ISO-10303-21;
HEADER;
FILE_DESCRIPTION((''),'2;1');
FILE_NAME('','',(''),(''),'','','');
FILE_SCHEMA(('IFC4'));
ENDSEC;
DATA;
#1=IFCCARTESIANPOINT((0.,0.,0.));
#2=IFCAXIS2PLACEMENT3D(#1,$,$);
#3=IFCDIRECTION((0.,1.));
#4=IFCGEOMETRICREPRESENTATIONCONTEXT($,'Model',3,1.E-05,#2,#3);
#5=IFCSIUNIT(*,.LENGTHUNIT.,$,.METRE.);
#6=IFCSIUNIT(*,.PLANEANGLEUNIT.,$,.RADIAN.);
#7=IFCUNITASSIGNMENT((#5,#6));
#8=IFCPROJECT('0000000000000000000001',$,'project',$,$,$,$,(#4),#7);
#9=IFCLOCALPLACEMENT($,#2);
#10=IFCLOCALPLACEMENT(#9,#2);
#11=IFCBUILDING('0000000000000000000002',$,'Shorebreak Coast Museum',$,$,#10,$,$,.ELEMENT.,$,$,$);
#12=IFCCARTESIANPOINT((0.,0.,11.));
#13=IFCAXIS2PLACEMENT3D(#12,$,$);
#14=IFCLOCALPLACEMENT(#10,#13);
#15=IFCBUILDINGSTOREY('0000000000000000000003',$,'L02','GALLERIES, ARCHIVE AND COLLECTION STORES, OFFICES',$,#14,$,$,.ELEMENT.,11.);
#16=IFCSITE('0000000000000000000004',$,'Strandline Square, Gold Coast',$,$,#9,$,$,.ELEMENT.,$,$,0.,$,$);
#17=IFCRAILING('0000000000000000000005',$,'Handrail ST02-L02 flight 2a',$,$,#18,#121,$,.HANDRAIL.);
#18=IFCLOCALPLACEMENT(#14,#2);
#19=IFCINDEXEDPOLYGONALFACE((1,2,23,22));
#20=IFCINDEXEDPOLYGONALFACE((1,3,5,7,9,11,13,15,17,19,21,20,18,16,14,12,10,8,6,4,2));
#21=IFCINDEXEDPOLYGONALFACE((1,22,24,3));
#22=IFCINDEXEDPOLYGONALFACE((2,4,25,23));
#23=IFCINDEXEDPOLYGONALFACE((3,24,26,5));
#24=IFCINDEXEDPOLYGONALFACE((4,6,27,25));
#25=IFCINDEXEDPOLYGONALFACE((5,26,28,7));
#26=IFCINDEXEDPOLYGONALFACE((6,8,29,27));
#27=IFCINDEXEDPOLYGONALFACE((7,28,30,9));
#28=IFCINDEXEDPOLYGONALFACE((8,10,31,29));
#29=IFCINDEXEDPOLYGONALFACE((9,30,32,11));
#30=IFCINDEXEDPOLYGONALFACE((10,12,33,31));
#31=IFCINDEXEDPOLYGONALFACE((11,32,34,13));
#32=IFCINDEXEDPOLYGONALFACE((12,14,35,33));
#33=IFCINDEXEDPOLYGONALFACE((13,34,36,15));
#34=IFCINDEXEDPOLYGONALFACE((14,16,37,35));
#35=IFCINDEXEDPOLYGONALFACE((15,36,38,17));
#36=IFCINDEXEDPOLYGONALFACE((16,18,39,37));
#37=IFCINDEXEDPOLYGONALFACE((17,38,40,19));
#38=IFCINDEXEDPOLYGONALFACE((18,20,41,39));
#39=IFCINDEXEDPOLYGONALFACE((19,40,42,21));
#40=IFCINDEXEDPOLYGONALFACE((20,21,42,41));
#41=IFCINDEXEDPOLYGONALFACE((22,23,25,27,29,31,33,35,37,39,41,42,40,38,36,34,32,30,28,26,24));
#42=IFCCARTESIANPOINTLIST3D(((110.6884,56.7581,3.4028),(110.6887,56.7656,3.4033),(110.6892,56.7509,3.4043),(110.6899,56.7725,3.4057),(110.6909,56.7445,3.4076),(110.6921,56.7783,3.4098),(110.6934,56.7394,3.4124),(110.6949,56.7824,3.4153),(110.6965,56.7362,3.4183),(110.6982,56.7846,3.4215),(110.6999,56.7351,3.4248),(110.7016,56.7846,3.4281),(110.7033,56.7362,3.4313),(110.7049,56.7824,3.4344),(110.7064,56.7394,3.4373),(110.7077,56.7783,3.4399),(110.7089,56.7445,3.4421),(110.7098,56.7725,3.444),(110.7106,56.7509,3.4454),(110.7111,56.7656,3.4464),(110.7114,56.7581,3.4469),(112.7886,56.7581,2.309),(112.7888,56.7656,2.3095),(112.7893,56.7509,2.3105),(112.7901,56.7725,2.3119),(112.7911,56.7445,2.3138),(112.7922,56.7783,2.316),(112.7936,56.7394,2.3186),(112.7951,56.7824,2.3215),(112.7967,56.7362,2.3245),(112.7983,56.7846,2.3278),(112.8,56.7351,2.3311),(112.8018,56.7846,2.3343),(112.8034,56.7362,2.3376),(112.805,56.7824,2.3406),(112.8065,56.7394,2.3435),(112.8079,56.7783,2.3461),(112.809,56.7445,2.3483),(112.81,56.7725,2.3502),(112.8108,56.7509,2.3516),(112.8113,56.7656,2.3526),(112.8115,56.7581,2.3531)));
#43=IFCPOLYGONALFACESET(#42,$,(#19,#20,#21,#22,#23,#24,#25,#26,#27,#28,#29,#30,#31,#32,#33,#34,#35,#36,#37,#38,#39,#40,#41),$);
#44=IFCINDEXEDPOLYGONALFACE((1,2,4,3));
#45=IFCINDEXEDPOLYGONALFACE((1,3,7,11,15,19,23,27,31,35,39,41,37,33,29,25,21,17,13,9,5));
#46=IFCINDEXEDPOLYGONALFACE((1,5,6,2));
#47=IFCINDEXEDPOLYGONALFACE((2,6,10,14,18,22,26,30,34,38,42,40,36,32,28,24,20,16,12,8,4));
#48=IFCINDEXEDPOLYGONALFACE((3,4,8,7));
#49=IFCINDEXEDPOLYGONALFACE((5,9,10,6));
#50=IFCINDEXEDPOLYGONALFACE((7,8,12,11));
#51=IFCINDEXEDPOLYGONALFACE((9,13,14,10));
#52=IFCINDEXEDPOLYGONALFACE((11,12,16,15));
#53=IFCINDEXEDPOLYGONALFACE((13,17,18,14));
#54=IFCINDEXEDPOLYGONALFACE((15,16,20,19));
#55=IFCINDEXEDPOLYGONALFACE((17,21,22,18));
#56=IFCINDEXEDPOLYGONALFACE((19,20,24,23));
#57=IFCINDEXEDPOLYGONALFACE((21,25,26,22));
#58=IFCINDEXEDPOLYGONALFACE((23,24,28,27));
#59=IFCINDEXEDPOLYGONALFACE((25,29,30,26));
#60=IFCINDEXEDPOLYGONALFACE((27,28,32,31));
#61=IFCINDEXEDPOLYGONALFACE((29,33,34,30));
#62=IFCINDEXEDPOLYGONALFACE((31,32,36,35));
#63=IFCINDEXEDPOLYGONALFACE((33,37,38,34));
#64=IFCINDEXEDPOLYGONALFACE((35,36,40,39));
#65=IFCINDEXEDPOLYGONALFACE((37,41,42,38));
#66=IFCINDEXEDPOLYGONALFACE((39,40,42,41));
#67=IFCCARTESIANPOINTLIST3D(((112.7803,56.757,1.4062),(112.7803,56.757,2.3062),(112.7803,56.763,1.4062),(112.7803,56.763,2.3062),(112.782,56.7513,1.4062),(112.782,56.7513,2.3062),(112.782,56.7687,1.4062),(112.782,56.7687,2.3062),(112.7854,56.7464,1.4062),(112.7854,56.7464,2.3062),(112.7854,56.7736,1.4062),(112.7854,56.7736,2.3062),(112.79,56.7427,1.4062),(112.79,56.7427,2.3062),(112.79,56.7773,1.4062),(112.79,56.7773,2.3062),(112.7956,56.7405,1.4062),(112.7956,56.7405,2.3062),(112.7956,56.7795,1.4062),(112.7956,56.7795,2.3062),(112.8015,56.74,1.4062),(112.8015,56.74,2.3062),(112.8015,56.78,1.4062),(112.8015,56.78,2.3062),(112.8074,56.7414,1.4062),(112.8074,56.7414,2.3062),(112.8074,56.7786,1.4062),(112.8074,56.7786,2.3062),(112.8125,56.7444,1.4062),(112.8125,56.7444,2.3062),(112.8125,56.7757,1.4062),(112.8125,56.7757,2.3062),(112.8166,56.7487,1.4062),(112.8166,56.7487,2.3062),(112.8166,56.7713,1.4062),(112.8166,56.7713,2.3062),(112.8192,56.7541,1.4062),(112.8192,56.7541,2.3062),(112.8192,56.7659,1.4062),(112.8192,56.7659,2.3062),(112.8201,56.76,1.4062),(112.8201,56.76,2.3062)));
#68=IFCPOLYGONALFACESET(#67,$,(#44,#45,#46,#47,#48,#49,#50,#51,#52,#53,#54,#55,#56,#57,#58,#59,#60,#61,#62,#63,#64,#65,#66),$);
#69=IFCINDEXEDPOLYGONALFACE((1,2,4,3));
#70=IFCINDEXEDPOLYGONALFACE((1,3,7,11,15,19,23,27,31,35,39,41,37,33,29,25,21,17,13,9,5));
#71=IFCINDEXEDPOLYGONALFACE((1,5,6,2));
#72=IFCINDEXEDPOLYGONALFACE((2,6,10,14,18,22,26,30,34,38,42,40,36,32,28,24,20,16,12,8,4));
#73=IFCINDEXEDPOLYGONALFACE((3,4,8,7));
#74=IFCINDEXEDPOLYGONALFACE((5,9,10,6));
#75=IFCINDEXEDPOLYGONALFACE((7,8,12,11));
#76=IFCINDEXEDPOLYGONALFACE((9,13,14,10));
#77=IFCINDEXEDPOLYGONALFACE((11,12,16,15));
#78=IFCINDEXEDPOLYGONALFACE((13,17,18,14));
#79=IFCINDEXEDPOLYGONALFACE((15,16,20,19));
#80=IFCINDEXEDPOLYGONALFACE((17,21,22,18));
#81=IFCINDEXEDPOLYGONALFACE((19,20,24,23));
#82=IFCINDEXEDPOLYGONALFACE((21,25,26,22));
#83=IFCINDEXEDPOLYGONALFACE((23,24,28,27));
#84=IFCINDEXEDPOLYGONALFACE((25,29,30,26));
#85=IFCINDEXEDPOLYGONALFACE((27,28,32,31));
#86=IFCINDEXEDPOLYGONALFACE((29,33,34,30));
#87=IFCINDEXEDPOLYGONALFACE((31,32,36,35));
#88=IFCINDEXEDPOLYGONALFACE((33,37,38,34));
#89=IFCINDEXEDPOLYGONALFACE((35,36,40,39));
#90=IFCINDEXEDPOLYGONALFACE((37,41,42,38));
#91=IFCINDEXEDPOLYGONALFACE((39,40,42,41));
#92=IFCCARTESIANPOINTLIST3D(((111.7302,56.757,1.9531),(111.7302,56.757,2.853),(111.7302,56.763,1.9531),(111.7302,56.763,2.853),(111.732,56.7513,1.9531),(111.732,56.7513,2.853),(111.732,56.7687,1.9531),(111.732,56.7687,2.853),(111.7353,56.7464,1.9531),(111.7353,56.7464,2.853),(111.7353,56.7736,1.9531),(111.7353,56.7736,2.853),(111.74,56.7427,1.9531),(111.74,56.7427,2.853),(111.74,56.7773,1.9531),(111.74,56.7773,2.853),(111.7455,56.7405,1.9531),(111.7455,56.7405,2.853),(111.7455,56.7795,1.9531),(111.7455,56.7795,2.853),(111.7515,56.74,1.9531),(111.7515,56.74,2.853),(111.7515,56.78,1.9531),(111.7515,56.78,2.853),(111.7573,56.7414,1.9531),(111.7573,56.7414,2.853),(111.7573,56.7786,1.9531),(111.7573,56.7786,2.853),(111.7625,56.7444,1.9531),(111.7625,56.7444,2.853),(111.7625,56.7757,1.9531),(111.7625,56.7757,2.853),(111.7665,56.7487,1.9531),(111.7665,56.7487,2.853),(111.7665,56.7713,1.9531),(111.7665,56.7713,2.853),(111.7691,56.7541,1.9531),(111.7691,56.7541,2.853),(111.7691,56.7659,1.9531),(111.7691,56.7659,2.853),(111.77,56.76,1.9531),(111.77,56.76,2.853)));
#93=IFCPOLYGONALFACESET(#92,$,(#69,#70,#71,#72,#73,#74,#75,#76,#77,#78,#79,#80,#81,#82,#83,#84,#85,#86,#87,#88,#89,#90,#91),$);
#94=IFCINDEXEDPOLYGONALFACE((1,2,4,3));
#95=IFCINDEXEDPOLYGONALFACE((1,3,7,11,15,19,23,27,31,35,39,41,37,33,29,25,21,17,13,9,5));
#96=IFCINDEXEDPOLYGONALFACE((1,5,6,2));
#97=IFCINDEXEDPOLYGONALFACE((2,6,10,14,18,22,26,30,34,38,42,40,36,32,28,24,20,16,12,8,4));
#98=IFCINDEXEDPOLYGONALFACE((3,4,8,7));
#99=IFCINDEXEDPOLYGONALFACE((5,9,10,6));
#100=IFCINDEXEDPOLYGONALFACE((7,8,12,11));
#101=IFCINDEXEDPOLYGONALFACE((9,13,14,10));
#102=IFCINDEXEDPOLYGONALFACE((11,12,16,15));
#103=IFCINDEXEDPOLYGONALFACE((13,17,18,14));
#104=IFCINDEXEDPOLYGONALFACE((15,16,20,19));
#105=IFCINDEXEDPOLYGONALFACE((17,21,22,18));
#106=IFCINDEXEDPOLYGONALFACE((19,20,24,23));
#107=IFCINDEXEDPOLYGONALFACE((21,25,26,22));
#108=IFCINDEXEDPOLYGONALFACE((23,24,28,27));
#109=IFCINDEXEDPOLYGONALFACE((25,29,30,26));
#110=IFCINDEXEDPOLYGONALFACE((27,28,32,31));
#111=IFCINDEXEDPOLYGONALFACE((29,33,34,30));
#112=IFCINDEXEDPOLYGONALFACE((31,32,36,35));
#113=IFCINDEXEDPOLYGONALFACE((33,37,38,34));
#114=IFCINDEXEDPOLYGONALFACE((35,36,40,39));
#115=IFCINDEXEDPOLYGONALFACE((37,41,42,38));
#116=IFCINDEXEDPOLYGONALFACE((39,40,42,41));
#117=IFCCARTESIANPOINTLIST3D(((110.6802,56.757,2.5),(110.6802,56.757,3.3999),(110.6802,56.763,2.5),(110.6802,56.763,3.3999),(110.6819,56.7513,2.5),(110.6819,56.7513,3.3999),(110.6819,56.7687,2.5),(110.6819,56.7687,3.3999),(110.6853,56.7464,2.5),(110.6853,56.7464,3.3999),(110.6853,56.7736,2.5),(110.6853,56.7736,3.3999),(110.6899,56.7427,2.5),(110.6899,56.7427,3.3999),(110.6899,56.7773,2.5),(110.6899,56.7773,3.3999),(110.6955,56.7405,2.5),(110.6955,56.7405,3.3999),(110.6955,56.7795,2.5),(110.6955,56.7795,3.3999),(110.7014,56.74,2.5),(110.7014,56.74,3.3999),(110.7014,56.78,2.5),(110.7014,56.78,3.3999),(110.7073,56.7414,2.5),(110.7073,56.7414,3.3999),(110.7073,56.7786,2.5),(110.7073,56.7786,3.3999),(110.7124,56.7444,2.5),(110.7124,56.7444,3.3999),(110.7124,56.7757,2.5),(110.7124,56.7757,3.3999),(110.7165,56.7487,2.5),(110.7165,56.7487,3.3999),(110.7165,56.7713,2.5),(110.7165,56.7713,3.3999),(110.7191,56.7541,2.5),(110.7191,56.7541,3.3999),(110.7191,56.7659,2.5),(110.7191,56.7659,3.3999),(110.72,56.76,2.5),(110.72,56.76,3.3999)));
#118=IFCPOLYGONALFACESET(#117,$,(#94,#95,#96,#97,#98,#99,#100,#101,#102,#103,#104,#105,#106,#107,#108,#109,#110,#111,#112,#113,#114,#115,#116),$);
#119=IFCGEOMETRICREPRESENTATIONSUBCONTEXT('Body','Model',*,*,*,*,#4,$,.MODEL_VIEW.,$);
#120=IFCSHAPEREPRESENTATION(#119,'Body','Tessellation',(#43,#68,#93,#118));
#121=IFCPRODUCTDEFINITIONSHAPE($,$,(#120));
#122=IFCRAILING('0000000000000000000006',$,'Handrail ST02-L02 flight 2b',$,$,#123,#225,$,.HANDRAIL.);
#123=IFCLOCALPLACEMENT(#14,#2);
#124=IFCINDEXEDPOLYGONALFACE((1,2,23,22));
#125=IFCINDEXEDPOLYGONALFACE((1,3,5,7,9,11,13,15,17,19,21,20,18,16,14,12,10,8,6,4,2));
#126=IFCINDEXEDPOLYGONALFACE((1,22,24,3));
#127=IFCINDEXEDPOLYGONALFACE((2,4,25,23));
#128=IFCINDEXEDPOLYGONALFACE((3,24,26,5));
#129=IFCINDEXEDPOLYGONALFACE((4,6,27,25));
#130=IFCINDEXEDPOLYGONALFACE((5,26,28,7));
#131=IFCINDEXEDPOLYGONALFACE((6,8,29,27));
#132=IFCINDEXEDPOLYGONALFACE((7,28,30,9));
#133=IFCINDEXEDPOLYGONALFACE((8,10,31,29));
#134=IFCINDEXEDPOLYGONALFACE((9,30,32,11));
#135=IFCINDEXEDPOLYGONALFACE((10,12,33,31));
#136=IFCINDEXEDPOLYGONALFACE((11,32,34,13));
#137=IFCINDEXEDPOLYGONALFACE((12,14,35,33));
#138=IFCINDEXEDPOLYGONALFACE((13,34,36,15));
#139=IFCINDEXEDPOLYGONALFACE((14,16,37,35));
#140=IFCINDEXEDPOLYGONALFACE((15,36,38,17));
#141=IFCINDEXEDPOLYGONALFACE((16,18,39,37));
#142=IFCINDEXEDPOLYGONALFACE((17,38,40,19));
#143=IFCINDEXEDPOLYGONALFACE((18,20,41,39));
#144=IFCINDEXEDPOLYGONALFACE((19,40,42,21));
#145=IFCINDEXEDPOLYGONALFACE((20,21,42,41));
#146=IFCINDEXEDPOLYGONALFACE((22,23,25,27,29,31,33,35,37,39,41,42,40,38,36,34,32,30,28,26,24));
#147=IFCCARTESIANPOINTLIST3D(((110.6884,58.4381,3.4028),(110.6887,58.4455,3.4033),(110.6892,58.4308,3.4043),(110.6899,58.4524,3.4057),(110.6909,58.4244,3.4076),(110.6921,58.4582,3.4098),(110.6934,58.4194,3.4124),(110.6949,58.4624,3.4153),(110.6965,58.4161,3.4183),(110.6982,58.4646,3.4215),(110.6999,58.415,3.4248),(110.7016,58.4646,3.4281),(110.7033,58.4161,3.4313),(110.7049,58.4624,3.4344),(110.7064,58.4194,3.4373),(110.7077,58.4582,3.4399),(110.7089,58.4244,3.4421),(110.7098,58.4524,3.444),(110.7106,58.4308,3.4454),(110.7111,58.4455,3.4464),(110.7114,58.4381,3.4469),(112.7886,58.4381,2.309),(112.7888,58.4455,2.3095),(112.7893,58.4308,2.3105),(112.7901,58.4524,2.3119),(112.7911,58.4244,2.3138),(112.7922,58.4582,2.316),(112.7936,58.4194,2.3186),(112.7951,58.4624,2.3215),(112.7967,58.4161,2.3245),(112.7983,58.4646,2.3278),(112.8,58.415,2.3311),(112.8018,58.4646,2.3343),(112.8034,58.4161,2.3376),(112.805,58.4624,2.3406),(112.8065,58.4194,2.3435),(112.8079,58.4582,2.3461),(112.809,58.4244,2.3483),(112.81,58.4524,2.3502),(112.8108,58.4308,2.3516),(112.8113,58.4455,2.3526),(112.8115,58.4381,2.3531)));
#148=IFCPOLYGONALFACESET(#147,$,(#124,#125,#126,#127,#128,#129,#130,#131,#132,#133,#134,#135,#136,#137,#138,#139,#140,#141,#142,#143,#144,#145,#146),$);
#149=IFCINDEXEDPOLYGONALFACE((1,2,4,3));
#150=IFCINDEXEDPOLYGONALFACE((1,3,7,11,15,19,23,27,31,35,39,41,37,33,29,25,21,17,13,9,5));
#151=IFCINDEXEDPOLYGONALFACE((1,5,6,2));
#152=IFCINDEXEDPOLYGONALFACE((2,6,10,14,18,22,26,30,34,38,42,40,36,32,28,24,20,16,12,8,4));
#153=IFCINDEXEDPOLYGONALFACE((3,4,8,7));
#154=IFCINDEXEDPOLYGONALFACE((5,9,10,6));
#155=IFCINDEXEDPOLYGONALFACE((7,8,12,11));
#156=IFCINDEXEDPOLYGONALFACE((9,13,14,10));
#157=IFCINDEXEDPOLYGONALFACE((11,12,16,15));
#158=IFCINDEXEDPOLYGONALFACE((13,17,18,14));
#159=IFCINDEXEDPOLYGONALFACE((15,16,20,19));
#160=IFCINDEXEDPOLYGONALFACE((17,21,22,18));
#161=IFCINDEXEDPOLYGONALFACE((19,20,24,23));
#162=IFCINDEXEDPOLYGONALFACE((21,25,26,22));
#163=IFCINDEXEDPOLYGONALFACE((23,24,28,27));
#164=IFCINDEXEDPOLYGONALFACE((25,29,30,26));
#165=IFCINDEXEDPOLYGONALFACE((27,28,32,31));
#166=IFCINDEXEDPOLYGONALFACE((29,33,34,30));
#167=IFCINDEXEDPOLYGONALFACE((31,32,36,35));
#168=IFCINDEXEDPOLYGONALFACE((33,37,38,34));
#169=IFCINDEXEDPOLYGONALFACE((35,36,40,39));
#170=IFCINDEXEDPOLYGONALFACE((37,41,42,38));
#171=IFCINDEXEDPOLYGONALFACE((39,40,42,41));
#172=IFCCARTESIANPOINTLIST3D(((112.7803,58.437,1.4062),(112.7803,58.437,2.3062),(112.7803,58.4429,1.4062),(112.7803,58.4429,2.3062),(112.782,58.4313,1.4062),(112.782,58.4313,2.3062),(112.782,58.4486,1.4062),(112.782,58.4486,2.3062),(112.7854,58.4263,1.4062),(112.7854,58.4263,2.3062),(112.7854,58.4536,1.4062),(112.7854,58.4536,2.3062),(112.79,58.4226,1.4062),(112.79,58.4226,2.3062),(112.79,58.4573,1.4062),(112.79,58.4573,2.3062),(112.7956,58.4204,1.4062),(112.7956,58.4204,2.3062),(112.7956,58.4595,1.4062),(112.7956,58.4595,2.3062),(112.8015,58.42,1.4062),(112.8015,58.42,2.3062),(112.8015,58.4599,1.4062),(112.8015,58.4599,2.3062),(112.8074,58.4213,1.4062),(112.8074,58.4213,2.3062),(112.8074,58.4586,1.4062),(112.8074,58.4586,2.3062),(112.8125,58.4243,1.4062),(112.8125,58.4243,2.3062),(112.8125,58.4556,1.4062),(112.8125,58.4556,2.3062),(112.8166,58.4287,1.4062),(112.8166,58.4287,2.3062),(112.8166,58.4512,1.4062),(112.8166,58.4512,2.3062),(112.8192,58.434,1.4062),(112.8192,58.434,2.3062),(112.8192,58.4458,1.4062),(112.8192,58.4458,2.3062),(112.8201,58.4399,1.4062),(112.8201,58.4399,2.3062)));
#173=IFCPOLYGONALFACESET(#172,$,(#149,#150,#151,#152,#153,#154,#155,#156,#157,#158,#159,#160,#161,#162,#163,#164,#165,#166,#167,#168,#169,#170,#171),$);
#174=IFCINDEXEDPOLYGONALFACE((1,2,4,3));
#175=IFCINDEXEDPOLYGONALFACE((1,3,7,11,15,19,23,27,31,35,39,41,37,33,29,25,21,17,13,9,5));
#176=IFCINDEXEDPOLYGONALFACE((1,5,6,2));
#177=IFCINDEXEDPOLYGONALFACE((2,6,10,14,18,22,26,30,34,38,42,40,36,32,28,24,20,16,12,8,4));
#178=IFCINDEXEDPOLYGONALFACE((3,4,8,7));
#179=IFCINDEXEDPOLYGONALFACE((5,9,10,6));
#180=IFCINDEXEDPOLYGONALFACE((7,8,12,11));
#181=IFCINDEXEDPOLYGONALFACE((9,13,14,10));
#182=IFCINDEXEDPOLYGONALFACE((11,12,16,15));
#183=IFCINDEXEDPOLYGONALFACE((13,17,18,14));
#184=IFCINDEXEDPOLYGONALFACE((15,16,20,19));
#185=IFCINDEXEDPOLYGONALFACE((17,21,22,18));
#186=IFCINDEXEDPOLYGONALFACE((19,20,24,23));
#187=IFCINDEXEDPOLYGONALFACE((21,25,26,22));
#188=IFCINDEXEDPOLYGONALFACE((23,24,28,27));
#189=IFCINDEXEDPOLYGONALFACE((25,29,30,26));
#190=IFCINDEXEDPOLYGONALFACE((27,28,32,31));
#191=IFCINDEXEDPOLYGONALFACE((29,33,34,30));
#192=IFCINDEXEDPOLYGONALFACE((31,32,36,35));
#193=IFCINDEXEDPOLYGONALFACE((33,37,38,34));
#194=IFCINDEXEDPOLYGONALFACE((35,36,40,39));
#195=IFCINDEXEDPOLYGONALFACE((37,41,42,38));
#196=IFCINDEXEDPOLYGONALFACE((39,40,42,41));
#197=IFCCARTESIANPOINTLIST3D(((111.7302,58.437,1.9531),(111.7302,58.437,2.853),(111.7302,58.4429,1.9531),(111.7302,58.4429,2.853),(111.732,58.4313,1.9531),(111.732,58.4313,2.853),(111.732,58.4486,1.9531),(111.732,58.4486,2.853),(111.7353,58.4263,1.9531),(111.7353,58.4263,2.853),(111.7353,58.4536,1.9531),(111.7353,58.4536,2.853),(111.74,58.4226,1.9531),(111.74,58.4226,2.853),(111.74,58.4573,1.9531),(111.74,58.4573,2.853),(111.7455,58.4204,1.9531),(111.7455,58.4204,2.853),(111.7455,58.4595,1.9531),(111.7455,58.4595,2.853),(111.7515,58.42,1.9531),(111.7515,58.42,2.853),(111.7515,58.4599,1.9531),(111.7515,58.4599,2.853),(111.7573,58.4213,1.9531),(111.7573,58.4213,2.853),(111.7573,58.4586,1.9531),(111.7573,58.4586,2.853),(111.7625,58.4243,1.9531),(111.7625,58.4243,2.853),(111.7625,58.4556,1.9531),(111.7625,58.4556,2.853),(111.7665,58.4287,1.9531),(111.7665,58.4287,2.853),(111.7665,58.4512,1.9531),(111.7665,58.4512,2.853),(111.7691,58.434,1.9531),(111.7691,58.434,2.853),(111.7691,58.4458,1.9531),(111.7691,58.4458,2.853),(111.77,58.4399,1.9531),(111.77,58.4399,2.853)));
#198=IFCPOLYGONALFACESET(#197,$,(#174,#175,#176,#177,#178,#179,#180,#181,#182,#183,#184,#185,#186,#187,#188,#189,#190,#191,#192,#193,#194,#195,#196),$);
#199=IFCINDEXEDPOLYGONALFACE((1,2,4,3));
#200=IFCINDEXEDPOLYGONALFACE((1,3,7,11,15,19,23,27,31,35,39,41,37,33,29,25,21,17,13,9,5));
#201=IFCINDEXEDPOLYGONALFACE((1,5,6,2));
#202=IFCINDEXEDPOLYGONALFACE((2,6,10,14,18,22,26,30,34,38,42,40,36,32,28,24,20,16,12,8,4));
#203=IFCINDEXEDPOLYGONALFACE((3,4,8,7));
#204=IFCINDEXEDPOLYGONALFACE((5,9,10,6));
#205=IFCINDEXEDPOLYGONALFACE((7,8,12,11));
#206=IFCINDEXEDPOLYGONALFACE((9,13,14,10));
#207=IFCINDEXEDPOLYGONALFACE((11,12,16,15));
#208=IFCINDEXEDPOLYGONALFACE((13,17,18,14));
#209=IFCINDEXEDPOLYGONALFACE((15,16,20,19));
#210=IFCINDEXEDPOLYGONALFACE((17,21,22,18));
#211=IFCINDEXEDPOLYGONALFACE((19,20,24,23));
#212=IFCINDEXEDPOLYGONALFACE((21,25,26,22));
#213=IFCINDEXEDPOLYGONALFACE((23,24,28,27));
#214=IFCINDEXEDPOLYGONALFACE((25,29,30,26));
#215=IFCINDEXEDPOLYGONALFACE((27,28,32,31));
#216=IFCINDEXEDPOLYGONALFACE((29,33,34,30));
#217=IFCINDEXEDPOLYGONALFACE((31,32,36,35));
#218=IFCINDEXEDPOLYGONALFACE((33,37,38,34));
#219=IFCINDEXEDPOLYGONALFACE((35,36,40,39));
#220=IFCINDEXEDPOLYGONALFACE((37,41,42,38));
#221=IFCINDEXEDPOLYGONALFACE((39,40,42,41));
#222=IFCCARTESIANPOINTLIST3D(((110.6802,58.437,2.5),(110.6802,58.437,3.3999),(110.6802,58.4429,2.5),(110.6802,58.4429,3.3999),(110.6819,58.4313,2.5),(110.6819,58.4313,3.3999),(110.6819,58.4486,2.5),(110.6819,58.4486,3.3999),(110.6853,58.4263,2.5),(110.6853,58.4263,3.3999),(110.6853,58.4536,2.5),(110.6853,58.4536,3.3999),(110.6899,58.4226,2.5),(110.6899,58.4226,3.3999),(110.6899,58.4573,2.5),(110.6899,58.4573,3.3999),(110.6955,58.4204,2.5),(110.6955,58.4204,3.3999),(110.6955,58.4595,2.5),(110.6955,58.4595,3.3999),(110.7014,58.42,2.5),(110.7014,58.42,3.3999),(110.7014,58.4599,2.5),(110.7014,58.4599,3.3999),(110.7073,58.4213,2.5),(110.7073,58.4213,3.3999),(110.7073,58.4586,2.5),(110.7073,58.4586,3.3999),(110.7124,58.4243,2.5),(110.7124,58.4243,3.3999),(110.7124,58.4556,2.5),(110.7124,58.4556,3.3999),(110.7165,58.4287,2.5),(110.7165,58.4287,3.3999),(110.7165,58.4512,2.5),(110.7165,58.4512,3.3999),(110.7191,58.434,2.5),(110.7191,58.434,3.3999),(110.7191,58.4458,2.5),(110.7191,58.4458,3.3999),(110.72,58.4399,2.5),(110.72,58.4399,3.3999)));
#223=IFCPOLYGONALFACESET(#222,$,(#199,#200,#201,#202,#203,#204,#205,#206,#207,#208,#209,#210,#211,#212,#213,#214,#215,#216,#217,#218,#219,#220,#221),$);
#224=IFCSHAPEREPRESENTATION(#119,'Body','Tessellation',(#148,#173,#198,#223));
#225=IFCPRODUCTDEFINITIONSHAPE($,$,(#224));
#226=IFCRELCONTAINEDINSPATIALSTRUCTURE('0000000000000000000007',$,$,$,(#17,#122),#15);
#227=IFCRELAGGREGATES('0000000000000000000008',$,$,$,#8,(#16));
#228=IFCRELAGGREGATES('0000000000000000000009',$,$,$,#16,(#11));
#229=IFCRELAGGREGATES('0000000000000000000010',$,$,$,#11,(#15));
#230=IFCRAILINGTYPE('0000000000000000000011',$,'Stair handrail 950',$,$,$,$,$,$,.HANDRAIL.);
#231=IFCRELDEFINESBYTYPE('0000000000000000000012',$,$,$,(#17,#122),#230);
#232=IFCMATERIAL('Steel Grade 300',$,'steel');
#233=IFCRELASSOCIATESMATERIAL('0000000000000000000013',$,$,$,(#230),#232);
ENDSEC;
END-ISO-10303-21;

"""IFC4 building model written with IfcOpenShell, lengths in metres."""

from ifc_helpers import new_model, si_unit, direction, frame, origin, origin_2d, place, context, subcontext, project, spatial, circle, extrude, material, type_object, element, save


model = new_model("IFC4")

# Units and contexts
model_context = context("Model", 3, precision=1e-05, world=origin(), true_north=direction((0.0, 1.0)))
body_context = subcontext(model_context, "Body", "Model", "MODEL_VIEW")
ifc_project = project(units=[si_unit("LENGTHUNIT", "METRE"), si_unit("PLANEANGLEUNIT", "RADIAN")], contexts=[model_context])

# Site, building, storey
site_placement = place(None, origin())
site = spatial("IfcSite", under=ifc_project, at=site_placement, Name="Strandline Square, Gold Coast", CompositionType="ELEMENT", RefElevation=0.0)
building_placement = place(site_placement, origin())
building = spatial("IfcBuilding", under=site, at=building_placement, Name="Shorebreak Coast Museum", CompositionType="ELEMENT")
storey_placement = place(building_placement, frame((0.0, 0.0, 11.0)))
storey = spatial("IfcBuildingStorey", under=building, at=storey_placement, Name="L02", Description="GALLERIES, ARCHIVE AND COLLECTION STORES, OFFICES", CompositionType="ELEMENT", Elevation=11.0)

# Railings
ifc_material_1 = material(Name="Steel Grade 300", Category="steel")
railing_type_1 = type_object("IfcRailingType", Name="Stair handrail 950", PredefinedType="HANDRAIL", material=ifc_material_1)
for number, where, name in (
    (1, (112.8, 56.76, 1.4062), "Handrail ST02-L02 flight 2a"),
    (2, (112.8, 58.4399, 1.4062), "Handrail ST02-L02 flight 2b"),
):
    element("IfcRailing", number, at=place(storey_placement, frame(where)), inside=storey, type_object=railing_type_1, Name=name, PredefinedType="HANDRAIL", context=body_context, shape_type="SweptSolid", body=[
        extrude(circle(Radius=0.0249, at=origin_2d()), frame((0.0, 0.0, 0.9248), z_axis=(-0.886923, 0.0, 0.461918), x_axis=(0.0, -1.0, 0.0)), (0.0, 0.0, 1.0), 2.3679),
        extrude(circle(Radius=0.02, at=origin_2d()), origin(), (0.0, 0.0, 1.0), 0.8999),
        extrude(circle(Radius=0.02, at=origin_2d()), frame((-1.05, 0.0, 0.5469)), (0.0, 0.0, 1.0), 0.8999),
        extrude(circle(Radius=0.02, at=origin_2d()), frame((-2.1001, 0.0, 1.0938)), (0.0, 0.0, 1.0), 0.8999),
    ])

save(model, "model.ifc")
